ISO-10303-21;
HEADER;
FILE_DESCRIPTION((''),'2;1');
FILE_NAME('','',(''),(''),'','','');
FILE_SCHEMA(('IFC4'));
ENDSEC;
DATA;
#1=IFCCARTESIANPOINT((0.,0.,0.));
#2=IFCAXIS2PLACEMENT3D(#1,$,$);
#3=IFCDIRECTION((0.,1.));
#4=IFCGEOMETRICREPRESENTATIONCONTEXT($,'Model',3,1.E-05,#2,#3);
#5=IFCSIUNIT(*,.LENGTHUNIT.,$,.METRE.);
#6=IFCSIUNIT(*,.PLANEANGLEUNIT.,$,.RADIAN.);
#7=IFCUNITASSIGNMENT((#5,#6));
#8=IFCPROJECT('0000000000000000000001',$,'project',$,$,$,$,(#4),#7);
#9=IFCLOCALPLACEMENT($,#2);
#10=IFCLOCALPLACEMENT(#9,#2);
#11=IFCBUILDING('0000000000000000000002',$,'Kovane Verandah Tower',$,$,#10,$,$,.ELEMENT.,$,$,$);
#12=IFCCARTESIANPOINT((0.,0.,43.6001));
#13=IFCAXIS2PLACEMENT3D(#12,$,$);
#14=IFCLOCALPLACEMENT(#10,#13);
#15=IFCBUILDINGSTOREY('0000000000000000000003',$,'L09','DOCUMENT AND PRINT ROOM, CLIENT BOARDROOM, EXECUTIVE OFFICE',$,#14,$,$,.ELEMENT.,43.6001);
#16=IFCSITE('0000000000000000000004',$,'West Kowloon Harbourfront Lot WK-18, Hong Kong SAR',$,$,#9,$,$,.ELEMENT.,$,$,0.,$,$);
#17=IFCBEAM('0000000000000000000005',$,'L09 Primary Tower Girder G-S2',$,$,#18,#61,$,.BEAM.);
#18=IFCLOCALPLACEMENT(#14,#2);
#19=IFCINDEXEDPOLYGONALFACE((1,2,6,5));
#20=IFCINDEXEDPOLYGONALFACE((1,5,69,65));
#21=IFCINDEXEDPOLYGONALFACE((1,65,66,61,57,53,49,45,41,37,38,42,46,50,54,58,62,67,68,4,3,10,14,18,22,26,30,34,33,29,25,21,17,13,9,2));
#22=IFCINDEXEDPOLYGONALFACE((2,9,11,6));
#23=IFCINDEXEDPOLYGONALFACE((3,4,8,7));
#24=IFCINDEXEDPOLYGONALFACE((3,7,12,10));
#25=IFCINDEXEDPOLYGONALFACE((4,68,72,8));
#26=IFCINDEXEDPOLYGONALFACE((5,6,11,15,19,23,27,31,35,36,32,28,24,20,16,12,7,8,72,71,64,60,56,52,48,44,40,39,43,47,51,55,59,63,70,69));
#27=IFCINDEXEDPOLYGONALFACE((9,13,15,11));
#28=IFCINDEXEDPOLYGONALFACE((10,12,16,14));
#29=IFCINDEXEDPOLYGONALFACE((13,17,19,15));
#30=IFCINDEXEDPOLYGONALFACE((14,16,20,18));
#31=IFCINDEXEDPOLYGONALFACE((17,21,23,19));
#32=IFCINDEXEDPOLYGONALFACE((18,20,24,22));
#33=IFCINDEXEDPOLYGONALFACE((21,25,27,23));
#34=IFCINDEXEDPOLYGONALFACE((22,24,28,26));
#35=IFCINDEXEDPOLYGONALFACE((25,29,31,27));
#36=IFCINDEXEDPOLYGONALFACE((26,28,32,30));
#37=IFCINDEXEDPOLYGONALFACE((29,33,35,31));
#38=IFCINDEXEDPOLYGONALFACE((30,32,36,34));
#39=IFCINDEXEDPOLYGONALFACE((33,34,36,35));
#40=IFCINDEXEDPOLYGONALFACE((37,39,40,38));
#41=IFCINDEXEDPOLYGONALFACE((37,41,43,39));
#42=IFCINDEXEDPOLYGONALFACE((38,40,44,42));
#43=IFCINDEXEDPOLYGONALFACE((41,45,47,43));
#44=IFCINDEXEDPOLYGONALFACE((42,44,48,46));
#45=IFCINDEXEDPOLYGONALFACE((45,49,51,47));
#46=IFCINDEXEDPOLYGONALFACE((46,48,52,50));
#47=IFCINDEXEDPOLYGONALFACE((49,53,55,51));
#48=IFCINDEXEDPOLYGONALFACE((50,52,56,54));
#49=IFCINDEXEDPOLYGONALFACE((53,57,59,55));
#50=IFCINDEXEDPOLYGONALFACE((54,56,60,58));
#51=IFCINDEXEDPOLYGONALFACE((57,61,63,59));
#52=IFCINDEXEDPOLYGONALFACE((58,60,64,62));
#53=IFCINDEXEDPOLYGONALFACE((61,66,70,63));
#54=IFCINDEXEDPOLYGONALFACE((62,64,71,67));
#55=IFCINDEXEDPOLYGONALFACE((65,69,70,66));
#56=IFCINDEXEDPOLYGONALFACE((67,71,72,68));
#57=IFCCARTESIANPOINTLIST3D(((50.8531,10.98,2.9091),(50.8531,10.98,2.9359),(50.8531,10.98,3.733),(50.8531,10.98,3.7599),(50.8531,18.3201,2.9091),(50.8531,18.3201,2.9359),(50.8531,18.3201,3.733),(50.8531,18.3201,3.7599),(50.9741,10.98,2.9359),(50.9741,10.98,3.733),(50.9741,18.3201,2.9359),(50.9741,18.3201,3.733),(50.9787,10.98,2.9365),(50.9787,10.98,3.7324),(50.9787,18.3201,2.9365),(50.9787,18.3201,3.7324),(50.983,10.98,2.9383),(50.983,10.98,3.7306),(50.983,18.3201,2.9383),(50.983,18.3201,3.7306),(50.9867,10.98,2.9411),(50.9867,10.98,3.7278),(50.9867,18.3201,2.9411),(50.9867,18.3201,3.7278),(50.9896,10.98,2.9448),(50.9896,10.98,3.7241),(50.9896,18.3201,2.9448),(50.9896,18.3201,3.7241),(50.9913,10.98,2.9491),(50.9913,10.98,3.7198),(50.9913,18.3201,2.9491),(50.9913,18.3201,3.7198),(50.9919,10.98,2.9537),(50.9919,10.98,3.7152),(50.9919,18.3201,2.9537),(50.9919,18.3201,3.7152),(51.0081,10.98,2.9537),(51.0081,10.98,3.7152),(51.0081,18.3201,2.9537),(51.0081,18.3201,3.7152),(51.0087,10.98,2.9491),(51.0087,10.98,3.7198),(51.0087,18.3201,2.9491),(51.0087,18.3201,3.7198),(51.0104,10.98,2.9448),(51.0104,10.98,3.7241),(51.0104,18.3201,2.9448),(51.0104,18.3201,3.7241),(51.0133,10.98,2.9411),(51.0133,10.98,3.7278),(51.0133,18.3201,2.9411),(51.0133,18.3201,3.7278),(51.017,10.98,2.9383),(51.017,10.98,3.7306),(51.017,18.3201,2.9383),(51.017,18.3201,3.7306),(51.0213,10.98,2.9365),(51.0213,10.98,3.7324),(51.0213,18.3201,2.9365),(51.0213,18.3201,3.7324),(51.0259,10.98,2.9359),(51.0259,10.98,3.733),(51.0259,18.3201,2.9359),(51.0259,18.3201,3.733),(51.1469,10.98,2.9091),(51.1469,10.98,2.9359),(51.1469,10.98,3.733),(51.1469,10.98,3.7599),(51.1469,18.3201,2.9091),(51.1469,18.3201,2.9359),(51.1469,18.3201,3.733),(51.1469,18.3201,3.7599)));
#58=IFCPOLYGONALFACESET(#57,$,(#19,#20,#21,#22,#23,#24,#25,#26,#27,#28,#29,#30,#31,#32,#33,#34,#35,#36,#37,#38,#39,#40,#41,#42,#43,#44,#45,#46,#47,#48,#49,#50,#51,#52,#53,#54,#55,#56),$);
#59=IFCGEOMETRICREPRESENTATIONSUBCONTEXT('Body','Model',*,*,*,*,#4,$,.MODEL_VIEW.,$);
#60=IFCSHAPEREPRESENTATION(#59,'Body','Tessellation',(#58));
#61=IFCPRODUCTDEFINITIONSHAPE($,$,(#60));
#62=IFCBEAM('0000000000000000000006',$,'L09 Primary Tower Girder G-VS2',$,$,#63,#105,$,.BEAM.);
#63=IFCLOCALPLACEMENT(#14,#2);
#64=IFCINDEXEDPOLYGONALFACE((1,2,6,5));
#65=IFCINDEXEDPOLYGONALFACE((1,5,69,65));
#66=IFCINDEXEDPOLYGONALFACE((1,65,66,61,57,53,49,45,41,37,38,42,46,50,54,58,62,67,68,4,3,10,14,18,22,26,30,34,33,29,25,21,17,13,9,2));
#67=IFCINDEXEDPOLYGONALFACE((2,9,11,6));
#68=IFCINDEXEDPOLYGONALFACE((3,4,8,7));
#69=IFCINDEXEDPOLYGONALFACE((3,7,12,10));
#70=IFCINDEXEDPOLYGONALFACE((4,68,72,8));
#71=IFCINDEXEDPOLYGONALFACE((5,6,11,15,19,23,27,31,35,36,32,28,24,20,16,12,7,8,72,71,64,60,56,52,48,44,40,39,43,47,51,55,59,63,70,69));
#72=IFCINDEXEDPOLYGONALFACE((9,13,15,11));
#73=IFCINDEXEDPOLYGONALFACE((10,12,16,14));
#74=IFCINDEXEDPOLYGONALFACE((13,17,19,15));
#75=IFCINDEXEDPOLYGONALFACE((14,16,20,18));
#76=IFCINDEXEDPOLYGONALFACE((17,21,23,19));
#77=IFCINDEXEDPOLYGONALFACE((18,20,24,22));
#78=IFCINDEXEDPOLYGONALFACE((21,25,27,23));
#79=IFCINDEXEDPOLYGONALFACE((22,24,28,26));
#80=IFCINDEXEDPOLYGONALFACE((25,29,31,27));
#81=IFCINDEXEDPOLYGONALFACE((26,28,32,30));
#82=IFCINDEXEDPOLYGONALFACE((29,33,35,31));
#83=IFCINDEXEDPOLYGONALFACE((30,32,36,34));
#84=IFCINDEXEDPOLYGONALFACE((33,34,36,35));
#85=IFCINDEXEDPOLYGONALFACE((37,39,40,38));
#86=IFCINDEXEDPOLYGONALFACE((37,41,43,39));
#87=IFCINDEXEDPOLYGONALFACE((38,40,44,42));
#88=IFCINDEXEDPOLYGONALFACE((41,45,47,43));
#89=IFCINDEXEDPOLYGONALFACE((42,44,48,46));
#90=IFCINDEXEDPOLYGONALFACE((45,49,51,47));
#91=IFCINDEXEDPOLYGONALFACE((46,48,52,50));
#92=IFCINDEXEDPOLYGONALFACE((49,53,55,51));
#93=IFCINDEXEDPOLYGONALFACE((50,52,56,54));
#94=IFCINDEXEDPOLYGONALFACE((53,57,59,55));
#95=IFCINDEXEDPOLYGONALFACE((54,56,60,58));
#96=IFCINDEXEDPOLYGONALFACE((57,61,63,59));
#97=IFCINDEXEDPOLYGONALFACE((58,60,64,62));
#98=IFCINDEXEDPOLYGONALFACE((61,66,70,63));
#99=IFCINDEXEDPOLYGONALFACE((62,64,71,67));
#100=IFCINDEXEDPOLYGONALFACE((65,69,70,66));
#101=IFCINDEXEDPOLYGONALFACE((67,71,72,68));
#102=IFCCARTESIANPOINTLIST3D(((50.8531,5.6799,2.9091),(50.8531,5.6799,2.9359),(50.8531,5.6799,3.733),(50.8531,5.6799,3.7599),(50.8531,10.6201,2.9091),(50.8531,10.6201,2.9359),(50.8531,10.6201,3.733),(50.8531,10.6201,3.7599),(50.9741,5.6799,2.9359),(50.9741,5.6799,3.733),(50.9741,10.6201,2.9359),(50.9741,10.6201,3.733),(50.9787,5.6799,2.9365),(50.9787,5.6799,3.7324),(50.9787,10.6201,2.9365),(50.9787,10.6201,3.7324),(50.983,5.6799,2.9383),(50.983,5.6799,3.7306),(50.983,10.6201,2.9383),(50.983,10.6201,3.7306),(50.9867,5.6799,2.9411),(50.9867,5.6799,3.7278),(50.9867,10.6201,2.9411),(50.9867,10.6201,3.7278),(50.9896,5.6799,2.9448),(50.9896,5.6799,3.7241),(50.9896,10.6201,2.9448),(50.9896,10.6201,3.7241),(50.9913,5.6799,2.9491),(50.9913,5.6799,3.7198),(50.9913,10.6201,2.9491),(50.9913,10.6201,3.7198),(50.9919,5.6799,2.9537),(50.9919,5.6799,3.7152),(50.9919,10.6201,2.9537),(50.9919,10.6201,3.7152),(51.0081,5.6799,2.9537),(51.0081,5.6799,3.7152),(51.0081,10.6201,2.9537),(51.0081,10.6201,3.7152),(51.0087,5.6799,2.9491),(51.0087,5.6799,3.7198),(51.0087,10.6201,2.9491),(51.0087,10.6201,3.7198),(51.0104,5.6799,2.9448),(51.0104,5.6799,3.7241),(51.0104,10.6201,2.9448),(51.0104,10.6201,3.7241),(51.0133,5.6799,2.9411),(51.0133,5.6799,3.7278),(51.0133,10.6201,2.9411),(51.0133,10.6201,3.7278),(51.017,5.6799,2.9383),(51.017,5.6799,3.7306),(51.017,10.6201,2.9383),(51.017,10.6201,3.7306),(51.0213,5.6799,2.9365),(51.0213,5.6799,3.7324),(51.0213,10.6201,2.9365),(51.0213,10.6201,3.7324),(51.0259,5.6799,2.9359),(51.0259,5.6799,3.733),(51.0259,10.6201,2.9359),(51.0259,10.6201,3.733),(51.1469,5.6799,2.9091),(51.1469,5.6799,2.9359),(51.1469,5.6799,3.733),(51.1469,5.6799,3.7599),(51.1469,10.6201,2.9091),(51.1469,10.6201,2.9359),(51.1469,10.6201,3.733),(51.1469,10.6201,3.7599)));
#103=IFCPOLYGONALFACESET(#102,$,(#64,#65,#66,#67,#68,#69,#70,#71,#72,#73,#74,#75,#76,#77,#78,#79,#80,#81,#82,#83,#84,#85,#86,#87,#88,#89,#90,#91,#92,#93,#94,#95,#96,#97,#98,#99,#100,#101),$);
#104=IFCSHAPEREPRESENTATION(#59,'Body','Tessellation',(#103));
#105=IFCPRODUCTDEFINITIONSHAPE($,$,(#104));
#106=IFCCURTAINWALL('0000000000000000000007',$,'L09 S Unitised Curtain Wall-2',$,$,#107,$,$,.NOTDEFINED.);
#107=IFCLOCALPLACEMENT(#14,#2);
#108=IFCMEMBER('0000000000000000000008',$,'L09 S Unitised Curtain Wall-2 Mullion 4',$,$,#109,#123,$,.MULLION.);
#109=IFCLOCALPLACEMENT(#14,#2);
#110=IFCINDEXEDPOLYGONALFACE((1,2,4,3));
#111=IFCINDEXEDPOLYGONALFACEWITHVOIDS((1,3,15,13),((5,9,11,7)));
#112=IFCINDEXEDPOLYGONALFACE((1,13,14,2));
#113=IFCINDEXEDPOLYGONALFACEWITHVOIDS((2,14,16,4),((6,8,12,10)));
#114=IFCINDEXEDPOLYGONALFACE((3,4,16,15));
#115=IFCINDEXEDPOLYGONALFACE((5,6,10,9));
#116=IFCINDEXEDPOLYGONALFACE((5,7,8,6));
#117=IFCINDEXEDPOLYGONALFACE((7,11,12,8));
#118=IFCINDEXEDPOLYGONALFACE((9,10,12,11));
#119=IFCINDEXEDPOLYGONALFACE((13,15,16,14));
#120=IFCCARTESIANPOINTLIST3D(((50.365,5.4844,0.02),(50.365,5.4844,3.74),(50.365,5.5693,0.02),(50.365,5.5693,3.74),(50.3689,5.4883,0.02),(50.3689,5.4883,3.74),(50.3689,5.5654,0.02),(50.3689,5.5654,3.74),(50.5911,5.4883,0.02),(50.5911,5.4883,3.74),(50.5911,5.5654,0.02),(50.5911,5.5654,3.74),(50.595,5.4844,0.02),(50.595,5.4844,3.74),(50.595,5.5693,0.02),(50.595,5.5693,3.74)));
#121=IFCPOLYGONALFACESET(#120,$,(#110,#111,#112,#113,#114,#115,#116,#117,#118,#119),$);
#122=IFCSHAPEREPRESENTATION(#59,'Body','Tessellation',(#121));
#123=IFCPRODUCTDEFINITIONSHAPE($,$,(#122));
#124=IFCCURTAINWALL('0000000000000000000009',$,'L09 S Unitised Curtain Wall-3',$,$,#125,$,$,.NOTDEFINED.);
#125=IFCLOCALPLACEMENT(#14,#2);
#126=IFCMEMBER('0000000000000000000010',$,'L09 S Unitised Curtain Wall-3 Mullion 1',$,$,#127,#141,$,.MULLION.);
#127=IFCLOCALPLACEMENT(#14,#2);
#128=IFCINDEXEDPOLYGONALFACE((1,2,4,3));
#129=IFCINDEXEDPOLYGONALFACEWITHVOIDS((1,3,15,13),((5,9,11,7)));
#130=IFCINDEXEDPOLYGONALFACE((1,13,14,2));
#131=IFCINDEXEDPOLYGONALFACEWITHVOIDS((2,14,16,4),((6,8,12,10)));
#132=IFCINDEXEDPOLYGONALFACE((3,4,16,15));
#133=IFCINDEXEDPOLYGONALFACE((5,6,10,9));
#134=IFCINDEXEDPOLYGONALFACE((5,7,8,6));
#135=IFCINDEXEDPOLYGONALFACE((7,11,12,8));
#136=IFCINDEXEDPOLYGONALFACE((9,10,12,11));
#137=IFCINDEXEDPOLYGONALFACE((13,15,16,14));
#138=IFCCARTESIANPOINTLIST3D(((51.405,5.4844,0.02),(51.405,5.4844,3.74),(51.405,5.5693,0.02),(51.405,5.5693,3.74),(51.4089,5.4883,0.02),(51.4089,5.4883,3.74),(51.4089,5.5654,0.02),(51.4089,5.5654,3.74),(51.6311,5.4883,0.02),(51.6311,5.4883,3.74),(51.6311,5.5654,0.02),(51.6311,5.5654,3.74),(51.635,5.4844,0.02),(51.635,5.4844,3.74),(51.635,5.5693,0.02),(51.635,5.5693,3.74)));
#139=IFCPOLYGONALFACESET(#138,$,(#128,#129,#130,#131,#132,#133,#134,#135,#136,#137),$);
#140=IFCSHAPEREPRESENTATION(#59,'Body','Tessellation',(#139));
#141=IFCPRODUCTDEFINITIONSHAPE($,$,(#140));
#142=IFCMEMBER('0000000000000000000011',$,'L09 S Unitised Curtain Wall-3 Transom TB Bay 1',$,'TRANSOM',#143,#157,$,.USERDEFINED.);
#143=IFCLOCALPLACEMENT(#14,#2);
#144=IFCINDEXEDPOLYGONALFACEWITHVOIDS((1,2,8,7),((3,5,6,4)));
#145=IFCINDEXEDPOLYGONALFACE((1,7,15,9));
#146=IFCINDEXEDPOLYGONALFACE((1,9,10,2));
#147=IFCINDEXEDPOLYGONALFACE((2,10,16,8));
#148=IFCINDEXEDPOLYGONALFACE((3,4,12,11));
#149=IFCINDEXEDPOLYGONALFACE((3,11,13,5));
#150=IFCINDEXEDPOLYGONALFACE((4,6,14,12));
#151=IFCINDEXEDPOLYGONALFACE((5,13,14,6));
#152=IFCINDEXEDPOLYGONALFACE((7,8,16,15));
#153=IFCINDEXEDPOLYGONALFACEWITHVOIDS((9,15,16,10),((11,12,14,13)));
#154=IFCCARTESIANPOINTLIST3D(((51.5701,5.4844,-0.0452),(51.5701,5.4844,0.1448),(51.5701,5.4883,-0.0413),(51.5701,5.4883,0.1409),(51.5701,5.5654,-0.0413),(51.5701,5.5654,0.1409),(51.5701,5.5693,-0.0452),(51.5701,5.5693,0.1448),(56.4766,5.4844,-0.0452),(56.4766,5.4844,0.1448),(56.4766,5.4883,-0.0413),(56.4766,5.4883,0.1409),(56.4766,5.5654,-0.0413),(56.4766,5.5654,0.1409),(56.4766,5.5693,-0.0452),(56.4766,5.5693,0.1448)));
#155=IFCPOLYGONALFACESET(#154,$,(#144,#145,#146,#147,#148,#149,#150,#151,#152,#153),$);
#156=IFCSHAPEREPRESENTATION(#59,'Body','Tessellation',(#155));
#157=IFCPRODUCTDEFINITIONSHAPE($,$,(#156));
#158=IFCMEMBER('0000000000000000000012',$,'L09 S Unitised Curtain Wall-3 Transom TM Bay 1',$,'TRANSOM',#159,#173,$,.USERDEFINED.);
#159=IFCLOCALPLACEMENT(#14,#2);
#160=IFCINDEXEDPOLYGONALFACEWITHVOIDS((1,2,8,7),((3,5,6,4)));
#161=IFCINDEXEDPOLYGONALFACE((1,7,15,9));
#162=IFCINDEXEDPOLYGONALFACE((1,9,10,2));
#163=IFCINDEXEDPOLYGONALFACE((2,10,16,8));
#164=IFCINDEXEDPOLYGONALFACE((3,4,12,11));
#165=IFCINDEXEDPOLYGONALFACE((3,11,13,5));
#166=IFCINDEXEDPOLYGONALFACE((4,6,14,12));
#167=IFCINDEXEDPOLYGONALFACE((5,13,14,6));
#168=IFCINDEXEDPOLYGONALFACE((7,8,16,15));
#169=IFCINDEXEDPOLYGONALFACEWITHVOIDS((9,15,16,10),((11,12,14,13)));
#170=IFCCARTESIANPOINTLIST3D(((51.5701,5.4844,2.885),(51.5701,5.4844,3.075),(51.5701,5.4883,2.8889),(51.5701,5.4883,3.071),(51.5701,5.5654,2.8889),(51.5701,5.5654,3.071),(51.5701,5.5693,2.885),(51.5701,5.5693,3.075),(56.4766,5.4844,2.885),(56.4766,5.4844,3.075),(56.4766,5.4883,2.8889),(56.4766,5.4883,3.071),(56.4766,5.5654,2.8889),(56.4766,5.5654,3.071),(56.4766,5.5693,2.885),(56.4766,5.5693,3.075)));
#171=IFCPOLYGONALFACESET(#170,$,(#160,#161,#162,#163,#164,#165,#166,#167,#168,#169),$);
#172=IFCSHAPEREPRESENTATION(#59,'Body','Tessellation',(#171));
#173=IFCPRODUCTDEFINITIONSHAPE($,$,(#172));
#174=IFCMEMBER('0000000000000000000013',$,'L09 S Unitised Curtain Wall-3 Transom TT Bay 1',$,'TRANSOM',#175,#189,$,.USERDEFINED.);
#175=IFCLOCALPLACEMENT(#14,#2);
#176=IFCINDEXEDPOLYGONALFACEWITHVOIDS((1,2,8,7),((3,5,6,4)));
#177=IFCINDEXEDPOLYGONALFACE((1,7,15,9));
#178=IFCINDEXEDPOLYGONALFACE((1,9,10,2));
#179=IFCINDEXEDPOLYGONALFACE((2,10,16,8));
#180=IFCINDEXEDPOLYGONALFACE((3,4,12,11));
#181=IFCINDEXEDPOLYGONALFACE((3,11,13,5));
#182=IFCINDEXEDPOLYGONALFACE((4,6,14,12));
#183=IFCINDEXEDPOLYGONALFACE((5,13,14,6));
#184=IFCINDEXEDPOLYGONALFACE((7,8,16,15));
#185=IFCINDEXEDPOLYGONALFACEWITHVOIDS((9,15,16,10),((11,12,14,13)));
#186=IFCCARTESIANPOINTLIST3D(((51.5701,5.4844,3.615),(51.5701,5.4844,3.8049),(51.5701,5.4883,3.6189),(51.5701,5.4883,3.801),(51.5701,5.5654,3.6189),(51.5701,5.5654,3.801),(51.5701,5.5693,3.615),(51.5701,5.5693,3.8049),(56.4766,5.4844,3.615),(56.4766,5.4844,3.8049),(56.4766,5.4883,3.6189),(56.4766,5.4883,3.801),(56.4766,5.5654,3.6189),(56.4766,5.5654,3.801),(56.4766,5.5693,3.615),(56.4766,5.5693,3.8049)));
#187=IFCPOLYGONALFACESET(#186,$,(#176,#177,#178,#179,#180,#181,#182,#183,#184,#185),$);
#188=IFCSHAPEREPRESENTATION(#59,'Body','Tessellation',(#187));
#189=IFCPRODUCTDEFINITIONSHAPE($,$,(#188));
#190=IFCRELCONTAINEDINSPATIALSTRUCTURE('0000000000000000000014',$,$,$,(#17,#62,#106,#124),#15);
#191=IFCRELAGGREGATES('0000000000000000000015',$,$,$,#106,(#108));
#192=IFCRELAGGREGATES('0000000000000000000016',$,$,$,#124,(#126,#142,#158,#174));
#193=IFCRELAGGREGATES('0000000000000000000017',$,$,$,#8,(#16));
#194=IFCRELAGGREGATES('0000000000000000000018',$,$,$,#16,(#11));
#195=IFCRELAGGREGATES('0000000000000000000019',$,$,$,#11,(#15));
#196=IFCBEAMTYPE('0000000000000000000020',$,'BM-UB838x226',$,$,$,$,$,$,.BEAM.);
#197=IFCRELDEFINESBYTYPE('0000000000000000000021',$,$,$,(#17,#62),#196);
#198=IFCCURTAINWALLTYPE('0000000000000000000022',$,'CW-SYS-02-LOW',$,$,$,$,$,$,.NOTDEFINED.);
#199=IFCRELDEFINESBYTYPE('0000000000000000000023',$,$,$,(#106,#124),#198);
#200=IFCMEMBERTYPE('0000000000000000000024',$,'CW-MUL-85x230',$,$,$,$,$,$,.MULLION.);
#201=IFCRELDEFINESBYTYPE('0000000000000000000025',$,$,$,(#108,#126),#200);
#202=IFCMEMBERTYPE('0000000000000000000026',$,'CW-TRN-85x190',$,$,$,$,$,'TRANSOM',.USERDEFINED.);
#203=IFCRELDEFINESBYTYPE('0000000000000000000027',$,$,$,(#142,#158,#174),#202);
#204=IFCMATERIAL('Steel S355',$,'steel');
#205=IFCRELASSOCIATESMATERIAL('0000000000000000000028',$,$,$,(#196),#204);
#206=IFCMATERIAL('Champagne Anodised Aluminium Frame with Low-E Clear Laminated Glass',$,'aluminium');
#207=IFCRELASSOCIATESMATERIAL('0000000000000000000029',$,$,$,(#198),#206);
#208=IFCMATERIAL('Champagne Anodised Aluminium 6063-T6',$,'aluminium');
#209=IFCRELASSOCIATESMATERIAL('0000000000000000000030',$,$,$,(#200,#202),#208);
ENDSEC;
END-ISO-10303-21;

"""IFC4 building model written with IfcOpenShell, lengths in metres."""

from ifc_helpers import new_model, si_unit, direction, frame, origin, origin_2d, place, context, subcontext, project, spatial, hollow_rectangle, i_section, extrude, material, material_profile, profile_set, type_object, element, aggregate, save


model = new_model("IFC4")

# Units and contexts
model_context = context("Model", 3, precision=1e-05, world=origin(), true_north=direction((0.0, 1.0)))
body_context = subcontext(model_context, "Body", "Model", "MODEL_VIEW")
ifc_project = project(units=[si_unit("LENGTHUNIT", "METRE"), si_unit("PLANEANGLEUNIT", "RADIAN")], contexts=[model_context])

# Site, building, storey
site_placement = place(None, origin())
site = spatial("IfcSite", under=ifc_project, at=site_placement, Name="West Kowloon Harbourfront Lot WK-18, Hong Kong SAR", CompositionType="ELEMENT", RefElevation=0.0)
building_placement = place(site_placement, origin())
building = spatial("IfcBuilding", under=site, at=building_placement, Name="Kovane Verandah Tower", CompositionType="ELEMENT")
storey_placement = place(building_placement, frame((0.0, 0.0, 43.6001)))
storey = spatial("IfcBuildingStorey", under=building, at=storey_placement, Name="L09", Description="DOCUMENT AND PRINT ROOM, CLIENT BOARDROOM, EXECUTIVE OFFICE", CompositionType="ELEMENT", Elevation=43.6001)

# Beams
ifc_material_1 = material(Name="Steel S355", Category="steel")
ifc_material_profile_1 = material_profile(ifc_material_1, i_section(OverallWidth=0.2937, OverallDepth=0.8508, WebThickness=0.0161, FlangeThickness=0.0269, FilletRadius=0.0178, at=origin_2d()), Name="UB838x292x226")
ifc_profile_set_1 = profile_set([ifc_material_profile_1], Name="Steel S355")
beam_type_1 = type_object("IfcBeamType", Name="BM-UB838x226", PredefinedType="BEAM", material=ifc_profile_set_1)
beam_1_placement = place(storey_placement, frame((51.0, 18.3201, 3.3345), z_axis=(0.0, -1.0, 0.0), x_axis=(1.0, 0.0, 0.0)))
element("IfcBeam", 1, at=beam_1_placement, inside=storey, type_object=beam_type_1, Name="L09 Primary Tower Girder G-S2", PredefinedType="BEAM", context=body_context, shape_type="SweptSolid", body=[
    extrude(i_section(OverallWidth=0.2937, OverallDepth=0.8508, WebThickness=0.0161, FlangeThickness=0.0269, FilletRadius=0.0178, at=origin_2d()), origin(), (0.0, 0.0, 1.0), 7.3401),
])
beam_2_placement = place(storey_placement, frame((51.0, 10.6201, 3.3345), z_axis=(0.0, -1.0, 0.0), x_axis=(1.0, 0.0, 0.0)))
element("IfcBeam", 2, at=beam_2_placement, inside=storey, type_object=beam_type_1, Name="L09 Primary Tower Girder G-VS2", PredefinedType="BEAM", context=body_context, shape_type="SweptSolid", body=[
    extrude(i_section(OverallWidth=0.2937, OverallDepth=0.8508, WebThickness=0.0161, FlangeThickness=0.0269, FilletRadius=0.0178, at=origin_2d()), origin(), (0.0, 0.0, 1.0), 4.9402),
])

# Curtain wall, member
ifc_material_2 = material(Name="Champagne Anodised Aluminium Frame with Low-E Clear Laminated Glass", Category="aluminium")
curtain_wall_type = type_object("IfcCurtainWallType", Name="CW-SYS-02-LOW", PredefinedType="NOTDEFINED", material=ifc_material_2)
curtain_wall_1_placement = place(storey_placement, origin())
curtain_wall_1 = element("IfcCurtainWall", 3, at=curtain_wall_1_placement, inside=storey, type_object=curtain_wall_type, Name="L09 S Unitised Curtain Wall-2", PredefinedType="NOTDEFINED")
ifc_material_3 = material(Name="Champagne Anodised Aluminium 6063-T6", Category="aluminium")
ifc_material_profile_2 = material_profile(ifc_material_3, hollow_rectangle(XDim=0.085, YDim=0.23, WallThickness=0.0039, at=origin_2d()), Name="AL85x230x4")
ifc_profile_set_2 = profile_set([ifc_material_profile_2], Name="Champagne Anodised Aluminium 6063-T6")
member_type_1 = type_object("IfcMemberType", Name="CW-MUL-85x230", PredefinedType="MULLION", material=ifc_profile_set_2)
member_1_placement = place(storey_placement, frame((50.48, 5.5269, 0.02), z_axis=(0.0, 0.0, 1.0), x_axis=(0.0, -1.0, 0.0)))
member_1 = element("IfcMember", 4, at=member_1_placement, type_object=member_type_1, Name="L09 S Unitised Curtain Wall-2 Mullion 4", PredefinedType="MULLION", context=body_context, shape_type="SweptSolid", body=[
    extrude(hollow_rectangle(XDim=0.085, YDim=0.23, WallThickness=0.0039, at=origin_2d()), origin(), (0.0, 0.0, 1.0), 3.72),
])
aggregate(curtain_wall_1, [member_1])

# Curtain wall, members
curtain_wall_2_placement = place(storey_placement, origin())
curtain_wall_2 = element("IfcCurtainWall", 5, at=curtain_wall_2_placement, inside=storey, type_object=curtain_wall_type, Name="L09 S Unitised Curtain Wall-3", PredefinedType="NOTDEFINED")
member_2_placement = place(storey_placement, frame((51.52, 5.5269, 0.02), z_axis=(0.0, 0.0, 1.0), x_axis=(0.0, -1.0, 0.0)))
member_2 = element("IfcMember", 6, at=member_2_placement, type_object=member_type_1, Name="L09 S Unitised Curtain Wall-3 Mullion 1", PredefinedType="MULLION", context=body_context, shape_type="SweptSolid", body=[
    extrude(hollow_rectangle(XDim=0.085, YDim=0.23, WallThickness=0.0039, at=origin_2d()), origin(), (0.0, 0.0, 1.0), 3.72),
])
ifc_material_profile_3 = material_profile(ifc_material_3, hollow_rectangle(XDim=0.085, YDim=0.1899, WallThickness=0.0039, at=origin_2d()), Name="AL85x190x4")
ifc_profile_set_3 = profile_set([ifc_material_profile_3], Name="Champagne Anodised Aluminium 6063-T6")
member_type_2 = type_object("IfcMemberType", Name="CW-TRN-85x190", ElementType="TRANSOM", PredefinedType="USERDEFINED", material=ifc_profile_set_3)
member_3_placement = place(storey_placement, frame((51.5701, 5.5269, 0.0498), z_axis=(1.0, 0.0, 0.0), x_axis=(0.0, 1.0, 0.0)))
member_3 = element("IfcMember", 7, at=member_3_placement, type_object=member_type_2, Name="L09 S Unitised Curtain Wall-3 Transom TB Bay 1", ObjectType="TRANSOM", PredefinedType="USERDEFINED", context=body_context, shape_type="SweptSolid", body=[
    extrude(hollow_rectangle(XDim=0.085, YDim=0.1899, WallThickness=0.0039, at=origin_2d()), origin(), (0.0, 0.0, 1.0), 4.9065),
])
member_4_placement = place(storey_placement, frame((51.5701, 5.5269, 2.98), z_axis=(1.0, 0.0, 0.0), x_axis=(0.0, 1.0, 0.0)))
member_4 = element("IfcMember", 8, at=member_4_placement, type_object=member_type_2, Name="L09 S Unitised Curtain Wall-3 Transom TM Bay 1", ObjectType="TRANSOM", PredefinedType="USERDEFINED", context=body_context, shape_type="SweptSolid", body=[
    extrude(hollow_rectangle(XDim=0.085, YDim=0.1899, WallThickness=0.0039, at=origin_2d()), origin(), (0.0, 0.0, 1.0), 4.9065),
])
member_5_placement = place(storey_placement, frame((51.5701, 5.5269, 3.71), z_axis=(1.0, 0.0, 0.0), x_axis=(0.0, 1.0, 0.0)))
member_5 = element("IfcMember", 9, at=member_5_placement, type_object=member_type_2, Name="L09 S Unitised Curtain Wall-3 Transom TT Bay 1", ObjectType="TRANSOM", PredefinedType="USERDEFINED", context=body_context, shape_type="SweptSolid", body=[
    extrude(hollow_rectangle(XDim=0.085, YDim=0.1899, WallThickness=0.0039, at=origin_2d()), origin(), (0.0, 0.0, 1.0), 4.9065),
])

aggregate(curtain_wall_2, [member_2, member_3, member_4, member_5])

save(model, "model.ifc")
